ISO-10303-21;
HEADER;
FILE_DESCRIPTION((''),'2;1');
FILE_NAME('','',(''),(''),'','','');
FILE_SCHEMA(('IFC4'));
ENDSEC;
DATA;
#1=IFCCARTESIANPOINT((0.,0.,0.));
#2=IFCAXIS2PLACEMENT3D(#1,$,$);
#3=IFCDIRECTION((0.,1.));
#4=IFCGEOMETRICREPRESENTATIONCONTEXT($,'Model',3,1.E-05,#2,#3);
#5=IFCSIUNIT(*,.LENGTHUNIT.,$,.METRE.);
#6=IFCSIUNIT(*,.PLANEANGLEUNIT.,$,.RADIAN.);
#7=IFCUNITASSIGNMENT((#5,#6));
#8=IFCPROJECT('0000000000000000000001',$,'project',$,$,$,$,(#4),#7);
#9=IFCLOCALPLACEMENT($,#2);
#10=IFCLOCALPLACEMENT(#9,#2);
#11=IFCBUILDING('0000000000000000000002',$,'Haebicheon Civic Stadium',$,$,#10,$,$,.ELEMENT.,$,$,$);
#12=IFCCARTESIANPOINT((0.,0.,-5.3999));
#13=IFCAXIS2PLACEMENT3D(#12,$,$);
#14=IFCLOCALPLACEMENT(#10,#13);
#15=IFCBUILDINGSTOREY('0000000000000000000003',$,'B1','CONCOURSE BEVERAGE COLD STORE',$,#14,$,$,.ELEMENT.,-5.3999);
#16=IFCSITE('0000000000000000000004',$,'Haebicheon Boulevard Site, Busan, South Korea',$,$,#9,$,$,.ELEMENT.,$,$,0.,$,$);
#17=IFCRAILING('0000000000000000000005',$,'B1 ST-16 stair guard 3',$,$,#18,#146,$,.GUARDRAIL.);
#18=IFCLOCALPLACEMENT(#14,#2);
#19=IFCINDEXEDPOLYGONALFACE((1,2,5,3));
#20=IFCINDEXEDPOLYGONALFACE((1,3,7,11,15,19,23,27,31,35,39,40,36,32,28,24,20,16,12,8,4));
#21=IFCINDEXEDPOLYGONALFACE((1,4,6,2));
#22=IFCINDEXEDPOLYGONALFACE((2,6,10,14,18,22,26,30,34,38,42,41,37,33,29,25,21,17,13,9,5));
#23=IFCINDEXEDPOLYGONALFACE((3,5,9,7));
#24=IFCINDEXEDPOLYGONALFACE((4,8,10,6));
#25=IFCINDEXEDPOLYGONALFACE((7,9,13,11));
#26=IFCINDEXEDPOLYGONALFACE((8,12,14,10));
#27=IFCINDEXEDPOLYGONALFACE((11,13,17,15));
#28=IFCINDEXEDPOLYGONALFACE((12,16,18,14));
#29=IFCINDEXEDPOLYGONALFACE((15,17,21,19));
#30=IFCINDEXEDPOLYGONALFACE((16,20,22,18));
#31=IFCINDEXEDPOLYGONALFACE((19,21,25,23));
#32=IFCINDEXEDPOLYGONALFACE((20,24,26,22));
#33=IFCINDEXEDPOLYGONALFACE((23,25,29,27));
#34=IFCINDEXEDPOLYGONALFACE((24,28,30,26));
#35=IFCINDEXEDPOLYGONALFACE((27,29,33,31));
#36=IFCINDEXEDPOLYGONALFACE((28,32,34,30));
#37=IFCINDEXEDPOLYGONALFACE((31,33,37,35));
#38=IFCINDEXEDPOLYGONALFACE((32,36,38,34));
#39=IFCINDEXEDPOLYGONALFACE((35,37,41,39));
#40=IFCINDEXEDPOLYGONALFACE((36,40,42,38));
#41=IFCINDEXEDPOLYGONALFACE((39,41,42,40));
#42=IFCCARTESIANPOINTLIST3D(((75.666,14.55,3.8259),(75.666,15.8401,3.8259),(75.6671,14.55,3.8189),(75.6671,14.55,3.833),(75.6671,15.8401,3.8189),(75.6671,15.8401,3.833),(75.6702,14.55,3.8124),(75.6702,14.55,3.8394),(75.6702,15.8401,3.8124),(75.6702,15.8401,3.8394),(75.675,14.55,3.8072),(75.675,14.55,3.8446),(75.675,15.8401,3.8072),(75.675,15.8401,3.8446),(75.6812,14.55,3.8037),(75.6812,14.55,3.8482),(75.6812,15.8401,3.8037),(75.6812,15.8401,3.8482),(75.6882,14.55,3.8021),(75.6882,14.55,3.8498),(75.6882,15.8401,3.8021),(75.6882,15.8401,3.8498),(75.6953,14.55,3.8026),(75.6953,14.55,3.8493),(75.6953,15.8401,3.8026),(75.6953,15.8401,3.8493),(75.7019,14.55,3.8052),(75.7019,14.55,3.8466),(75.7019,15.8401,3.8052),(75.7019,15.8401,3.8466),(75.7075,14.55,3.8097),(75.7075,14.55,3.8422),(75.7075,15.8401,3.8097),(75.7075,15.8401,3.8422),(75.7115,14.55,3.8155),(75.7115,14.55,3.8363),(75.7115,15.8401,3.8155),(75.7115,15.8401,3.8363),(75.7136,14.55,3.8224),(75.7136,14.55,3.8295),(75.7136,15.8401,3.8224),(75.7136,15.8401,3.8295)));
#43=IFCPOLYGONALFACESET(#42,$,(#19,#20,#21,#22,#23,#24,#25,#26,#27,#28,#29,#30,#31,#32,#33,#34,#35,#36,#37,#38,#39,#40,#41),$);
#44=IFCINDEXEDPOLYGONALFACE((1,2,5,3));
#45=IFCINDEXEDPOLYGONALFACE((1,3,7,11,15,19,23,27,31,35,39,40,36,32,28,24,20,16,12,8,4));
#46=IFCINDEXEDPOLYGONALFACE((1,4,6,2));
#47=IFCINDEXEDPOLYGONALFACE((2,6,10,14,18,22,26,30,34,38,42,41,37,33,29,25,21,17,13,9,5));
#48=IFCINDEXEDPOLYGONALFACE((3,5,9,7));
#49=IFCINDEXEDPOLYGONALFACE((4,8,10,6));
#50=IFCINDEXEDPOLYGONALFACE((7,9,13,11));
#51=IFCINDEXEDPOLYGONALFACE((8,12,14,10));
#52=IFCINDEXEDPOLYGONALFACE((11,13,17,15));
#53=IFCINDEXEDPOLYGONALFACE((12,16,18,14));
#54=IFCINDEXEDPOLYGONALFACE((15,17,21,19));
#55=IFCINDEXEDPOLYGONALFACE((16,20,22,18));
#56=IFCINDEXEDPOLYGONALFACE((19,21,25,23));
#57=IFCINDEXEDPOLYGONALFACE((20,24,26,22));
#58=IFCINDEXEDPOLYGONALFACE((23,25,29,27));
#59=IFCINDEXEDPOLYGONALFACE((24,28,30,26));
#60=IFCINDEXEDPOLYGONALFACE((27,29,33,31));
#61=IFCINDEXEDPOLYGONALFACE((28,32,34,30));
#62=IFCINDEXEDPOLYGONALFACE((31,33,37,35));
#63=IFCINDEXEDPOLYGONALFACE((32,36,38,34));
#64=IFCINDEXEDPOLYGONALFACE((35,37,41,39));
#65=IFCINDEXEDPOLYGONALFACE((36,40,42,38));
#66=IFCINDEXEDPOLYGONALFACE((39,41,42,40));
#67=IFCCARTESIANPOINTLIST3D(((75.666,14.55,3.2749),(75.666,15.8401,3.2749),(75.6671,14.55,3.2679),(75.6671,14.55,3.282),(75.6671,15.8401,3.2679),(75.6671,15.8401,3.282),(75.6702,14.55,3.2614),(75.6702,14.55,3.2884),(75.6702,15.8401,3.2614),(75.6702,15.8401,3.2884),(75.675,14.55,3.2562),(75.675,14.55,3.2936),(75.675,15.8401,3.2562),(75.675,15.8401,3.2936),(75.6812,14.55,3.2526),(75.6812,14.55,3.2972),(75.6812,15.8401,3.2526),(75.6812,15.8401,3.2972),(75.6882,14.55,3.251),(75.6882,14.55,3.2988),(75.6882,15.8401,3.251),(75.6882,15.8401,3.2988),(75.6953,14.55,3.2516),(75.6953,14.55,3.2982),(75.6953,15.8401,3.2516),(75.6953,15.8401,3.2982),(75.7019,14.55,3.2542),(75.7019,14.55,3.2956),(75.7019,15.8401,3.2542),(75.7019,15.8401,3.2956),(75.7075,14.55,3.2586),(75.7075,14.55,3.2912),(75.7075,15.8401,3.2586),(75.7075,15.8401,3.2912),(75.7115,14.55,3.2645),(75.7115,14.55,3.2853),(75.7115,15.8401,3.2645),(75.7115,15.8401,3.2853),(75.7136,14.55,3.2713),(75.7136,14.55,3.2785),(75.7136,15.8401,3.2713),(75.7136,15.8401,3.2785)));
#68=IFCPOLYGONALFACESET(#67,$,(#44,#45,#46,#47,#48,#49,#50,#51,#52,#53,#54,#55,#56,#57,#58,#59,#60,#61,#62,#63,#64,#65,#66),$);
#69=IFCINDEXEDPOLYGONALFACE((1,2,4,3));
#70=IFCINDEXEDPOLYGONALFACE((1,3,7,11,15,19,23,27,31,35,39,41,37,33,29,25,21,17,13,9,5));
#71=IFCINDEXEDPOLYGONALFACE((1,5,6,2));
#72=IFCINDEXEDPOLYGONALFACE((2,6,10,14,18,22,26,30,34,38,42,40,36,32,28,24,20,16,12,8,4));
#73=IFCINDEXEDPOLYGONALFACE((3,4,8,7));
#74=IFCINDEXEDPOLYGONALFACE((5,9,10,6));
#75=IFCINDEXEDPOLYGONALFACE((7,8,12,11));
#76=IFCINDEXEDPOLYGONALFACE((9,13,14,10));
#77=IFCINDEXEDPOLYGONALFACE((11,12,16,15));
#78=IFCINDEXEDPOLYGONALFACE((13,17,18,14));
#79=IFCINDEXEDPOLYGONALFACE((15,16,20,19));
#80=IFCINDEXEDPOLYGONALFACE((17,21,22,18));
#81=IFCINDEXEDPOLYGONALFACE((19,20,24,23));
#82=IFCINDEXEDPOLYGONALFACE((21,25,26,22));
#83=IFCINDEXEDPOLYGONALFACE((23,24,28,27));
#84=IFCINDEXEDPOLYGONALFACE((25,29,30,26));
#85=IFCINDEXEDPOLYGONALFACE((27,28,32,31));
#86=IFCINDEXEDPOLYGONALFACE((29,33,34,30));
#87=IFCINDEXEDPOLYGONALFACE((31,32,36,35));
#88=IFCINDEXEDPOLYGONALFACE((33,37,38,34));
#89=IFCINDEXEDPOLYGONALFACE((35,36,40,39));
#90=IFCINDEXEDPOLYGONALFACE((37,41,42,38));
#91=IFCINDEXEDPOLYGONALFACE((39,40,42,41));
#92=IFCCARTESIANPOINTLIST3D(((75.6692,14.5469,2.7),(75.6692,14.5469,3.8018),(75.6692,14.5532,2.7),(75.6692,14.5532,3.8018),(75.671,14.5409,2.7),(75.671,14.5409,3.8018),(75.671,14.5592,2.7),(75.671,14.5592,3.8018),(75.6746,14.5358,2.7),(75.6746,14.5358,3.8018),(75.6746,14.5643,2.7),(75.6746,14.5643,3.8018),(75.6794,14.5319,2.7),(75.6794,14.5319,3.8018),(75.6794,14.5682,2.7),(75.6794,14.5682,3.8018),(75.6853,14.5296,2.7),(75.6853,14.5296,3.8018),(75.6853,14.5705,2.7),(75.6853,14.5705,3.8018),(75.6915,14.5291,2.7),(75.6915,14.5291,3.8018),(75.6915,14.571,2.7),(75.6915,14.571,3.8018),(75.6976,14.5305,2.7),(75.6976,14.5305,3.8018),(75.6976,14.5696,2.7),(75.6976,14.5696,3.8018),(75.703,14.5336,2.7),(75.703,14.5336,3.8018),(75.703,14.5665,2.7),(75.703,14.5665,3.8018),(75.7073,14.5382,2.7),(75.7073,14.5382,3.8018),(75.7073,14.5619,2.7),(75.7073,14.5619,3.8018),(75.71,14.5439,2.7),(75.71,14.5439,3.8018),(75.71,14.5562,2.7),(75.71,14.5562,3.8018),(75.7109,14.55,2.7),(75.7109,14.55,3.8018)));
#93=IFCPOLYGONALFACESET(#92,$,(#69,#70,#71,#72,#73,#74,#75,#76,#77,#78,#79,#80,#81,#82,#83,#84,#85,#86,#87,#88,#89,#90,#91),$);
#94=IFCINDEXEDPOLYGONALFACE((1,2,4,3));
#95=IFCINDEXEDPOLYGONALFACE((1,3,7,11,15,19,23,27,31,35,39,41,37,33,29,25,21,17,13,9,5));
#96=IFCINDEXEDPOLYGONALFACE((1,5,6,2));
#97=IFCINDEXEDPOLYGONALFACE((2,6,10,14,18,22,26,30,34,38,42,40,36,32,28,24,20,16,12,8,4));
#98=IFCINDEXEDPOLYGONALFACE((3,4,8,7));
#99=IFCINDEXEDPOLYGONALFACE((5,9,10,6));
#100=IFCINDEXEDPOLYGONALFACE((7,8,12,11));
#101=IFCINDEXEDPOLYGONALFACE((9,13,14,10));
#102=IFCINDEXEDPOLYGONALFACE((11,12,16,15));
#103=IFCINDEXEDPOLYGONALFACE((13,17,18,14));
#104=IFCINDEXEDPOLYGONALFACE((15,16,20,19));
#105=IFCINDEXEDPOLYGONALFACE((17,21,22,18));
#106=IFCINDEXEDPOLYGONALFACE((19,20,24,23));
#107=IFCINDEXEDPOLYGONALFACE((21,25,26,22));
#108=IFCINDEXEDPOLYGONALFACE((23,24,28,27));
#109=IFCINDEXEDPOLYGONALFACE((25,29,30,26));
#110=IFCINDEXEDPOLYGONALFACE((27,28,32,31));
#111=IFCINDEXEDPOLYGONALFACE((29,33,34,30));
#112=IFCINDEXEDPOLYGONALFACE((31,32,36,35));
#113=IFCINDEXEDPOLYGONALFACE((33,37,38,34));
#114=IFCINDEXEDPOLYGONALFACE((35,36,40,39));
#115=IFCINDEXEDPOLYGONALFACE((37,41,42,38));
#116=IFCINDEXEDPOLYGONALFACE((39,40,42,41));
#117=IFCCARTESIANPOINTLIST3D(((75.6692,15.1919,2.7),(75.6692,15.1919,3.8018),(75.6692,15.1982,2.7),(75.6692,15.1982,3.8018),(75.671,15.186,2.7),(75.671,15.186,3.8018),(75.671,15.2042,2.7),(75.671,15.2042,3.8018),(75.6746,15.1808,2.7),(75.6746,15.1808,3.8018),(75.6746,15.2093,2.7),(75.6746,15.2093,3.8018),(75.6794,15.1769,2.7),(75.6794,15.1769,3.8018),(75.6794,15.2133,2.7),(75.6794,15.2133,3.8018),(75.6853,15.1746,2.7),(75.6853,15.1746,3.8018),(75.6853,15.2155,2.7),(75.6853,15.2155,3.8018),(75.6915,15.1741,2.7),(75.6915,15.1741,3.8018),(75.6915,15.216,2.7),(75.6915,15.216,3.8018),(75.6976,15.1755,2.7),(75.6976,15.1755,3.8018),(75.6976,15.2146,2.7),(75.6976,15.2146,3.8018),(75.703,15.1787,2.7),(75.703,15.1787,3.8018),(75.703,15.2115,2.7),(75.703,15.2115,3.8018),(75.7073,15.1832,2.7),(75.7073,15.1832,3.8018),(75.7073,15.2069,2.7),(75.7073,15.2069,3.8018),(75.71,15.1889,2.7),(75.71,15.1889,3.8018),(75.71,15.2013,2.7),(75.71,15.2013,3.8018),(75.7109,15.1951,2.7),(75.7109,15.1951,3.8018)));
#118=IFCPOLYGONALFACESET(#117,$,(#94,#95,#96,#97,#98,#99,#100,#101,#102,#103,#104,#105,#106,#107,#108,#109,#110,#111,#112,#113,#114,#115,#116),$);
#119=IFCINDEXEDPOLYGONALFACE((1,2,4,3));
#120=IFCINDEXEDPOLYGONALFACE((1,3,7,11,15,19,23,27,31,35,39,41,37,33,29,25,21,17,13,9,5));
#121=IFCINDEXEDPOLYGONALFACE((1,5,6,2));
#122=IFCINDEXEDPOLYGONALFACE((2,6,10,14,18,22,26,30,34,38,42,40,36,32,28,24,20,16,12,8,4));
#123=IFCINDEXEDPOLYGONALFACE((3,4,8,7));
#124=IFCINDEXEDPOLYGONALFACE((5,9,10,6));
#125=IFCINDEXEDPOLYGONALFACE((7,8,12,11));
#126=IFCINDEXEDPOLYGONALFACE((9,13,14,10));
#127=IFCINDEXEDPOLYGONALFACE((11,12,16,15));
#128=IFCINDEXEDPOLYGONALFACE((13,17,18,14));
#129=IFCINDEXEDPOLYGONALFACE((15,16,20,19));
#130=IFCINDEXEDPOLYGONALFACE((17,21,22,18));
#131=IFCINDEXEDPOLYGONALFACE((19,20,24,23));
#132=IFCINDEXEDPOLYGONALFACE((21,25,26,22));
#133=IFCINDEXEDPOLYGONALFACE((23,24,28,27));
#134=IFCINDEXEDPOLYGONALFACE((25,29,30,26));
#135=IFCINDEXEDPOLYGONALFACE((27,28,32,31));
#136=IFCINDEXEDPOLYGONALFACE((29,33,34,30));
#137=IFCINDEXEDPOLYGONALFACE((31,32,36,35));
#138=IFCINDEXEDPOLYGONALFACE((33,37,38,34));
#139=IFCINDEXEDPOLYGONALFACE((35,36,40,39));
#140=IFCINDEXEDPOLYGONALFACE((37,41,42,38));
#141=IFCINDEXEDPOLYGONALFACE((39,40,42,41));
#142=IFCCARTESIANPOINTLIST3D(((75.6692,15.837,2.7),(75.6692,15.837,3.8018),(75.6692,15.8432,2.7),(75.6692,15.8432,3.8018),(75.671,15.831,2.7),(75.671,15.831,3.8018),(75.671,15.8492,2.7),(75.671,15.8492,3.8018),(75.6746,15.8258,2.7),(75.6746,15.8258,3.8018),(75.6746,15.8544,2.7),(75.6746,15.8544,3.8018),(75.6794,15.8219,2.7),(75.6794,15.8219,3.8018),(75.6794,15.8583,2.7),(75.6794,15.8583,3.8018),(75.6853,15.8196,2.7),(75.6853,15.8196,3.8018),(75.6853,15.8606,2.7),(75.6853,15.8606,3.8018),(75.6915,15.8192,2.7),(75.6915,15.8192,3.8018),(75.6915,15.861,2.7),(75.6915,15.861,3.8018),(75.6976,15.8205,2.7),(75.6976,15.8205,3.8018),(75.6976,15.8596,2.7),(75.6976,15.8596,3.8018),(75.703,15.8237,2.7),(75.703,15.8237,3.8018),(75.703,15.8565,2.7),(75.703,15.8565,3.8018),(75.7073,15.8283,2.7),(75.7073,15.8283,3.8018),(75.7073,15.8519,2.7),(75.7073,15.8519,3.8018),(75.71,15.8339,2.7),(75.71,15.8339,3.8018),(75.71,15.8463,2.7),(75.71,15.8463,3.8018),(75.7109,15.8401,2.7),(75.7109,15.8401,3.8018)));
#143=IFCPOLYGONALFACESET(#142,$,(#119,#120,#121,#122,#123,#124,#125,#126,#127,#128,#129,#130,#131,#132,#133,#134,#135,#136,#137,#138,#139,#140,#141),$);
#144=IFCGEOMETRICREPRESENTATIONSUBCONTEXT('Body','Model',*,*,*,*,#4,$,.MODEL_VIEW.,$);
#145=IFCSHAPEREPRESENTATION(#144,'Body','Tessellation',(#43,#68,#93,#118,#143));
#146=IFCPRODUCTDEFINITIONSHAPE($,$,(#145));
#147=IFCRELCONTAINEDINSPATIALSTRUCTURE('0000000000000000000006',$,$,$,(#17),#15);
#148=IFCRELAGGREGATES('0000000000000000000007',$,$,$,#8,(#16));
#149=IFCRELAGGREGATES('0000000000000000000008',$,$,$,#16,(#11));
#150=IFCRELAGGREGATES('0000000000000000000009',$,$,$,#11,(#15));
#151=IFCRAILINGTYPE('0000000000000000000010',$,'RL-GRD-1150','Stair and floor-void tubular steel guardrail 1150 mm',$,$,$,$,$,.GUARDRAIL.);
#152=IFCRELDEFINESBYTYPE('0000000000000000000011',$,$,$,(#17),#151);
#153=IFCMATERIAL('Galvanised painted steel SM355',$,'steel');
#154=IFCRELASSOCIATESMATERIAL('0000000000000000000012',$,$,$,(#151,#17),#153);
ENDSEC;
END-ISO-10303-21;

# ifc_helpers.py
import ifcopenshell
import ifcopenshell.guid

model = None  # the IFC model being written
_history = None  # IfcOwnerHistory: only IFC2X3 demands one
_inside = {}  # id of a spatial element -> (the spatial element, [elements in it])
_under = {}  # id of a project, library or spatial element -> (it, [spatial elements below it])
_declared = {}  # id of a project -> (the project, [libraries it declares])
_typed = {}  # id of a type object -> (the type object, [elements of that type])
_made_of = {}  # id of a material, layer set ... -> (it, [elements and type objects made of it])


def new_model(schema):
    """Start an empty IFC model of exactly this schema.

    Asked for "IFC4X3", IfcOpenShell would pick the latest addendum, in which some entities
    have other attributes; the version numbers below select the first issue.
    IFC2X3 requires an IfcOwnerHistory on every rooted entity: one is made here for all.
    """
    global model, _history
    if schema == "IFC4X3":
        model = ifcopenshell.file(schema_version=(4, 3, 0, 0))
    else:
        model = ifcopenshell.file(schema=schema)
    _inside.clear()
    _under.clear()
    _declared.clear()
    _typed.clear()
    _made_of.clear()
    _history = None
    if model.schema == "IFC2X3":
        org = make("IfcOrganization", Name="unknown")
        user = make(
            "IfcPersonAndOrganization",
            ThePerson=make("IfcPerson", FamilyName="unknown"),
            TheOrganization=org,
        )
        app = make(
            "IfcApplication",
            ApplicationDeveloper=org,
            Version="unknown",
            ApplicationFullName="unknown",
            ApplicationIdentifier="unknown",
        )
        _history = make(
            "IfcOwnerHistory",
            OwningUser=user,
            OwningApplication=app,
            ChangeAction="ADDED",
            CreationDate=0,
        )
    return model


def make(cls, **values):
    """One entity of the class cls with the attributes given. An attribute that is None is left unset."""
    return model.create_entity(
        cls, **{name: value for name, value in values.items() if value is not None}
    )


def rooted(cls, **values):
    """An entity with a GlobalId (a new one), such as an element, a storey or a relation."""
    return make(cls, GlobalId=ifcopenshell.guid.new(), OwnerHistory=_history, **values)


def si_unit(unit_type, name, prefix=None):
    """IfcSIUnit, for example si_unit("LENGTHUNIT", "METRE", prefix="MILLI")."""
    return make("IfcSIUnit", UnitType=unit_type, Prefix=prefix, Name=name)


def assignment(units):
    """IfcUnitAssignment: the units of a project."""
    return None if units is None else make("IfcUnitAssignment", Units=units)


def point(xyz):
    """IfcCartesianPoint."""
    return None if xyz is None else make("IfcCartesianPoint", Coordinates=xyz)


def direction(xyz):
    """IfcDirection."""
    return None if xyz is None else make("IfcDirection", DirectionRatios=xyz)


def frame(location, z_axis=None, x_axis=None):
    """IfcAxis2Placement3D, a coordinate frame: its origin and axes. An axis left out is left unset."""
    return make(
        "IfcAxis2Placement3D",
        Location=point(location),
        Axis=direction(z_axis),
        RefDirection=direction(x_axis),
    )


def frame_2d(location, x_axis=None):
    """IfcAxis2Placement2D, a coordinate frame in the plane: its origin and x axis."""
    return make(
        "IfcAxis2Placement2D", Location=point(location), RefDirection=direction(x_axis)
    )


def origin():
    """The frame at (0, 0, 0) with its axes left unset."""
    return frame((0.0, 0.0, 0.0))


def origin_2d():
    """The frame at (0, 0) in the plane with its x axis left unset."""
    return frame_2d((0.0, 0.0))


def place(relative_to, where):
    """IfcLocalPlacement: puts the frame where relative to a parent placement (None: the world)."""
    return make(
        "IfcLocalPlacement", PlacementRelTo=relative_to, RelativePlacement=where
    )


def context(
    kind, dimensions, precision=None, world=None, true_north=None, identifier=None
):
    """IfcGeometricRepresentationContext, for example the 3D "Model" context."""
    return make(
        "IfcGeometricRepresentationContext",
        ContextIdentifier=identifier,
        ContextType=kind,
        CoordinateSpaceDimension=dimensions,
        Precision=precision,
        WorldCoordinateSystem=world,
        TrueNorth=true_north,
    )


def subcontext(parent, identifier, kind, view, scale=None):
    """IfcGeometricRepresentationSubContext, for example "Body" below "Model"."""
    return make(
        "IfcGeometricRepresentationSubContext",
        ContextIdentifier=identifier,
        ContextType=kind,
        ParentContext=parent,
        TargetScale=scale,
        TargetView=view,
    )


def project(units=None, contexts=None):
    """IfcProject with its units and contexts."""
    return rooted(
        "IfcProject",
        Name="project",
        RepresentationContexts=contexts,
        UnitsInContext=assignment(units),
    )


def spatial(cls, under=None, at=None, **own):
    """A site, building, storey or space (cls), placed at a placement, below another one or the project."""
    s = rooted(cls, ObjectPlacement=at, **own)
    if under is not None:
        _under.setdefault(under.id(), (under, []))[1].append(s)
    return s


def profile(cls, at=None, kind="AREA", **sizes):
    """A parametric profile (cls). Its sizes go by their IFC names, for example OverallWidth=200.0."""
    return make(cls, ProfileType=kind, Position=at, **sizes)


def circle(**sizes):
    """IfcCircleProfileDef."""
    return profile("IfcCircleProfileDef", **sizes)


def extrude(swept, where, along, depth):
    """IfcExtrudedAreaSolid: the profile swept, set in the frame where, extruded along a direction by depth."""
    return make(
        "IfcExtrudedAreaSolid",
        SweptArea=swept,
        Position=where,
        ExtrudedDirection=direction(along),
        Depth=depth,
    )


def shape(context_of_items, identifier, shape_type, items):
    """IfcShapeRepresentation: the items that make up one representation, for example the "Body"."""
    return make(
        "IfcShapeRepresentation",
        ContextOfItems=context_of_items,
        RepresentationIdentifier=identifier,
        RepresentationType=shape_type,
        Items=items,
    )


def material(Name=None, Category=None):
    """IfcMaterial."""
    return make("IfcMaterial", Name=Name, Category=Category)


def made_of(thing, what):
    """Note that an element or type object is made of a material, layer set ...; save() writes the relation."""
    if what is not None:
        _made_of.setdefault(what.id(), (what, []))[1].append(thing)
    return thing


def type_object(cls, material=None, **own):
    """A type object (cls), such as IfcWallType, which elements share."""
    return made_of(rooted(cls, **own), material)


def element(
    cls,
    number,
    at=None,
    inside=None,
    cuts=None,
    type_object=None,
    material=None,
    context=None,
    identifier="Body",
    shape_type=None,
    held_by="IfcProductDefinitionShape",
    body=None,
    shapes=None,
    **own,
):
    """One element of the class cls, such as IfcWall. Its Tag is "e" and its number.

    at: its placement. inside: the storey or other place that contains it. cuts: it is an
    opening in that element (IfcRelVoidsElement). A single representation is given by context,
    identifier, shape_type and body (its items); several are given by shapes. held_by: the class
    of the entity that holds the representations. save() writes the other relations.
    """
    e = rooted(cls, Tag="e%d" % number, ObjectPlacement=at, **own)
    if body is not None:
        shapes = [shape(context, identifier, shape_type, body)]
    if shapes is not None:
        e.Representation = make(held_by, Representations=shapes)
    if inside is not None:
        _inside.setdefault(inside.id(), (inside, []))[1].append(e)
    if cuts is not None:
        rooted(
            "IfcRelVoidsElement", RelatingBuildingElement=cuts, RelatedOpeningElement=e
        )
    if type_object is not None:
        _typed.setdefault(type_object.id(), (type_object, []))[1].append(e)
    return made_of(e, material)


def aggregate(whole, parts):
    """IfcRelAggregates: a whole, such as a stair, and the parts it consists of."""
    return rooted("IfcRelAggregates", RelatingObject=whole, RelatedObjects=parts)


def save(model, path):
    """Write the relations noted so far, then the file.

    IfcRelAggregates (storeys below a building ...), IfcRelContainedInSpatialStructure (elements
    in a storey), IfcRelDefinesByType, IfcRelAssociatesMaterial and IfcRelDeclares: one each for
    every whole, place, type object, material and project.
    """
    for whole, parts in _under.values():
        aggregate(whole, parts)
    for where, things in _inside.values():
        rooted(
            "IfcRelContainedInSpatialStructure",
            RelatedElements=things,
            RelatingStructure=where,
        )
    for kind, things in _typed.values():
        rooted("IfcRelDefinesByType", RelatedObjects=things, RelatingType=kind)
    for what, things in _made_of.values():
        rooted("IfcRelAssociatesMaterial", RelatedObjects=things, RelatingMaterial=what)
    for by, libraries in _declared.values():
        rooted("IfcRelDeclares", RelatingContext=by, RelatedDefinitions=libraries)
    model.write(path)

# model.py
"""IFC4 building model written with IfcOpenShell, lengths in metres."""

from ifc_helpers import new_model, si_unit, direction, frame, origin, origin_2d, place, context, subcontext, project, spatial, circle, extrude, material, type_object, element, save


model = new_model("IFC4")

# Units and contexts
model_context = context("Model", 3, precision=1e-05, world=origin(), true_north=direction((0.0, 1.0)))
body_context = subcontext(model_context, "Body", "Model", "MODEL_VIEW")
ifc_project = project(units=[si_unit("LENGTHUNIT", "METRE"), si_unit("PLANEANGLEUNIT", "RADIAN")], contexts=[model_context])

# Site, building, storey
site_placement = place(None, origin())
site = spatial("IfcSite", under=ifc_project, at=site_placement, Name="Haebicheon Boulevard Site, Busan, South Korea", CompositionType="ELEMENT", RefElevation=0.0)
building_placement = place(site_placement, origin())
building = spatial("IfcBuilding", under=site, at=building_placement, Name="Haebicheon Civic Stadium", CompositionType="ELEMENT")
storey_placement = place(building_placement, frame((0.0, 0.0, -5.3999)))
storey = spatial("IfcBuildingStorey", under=building, at=storey_placement, Name="B1", Description="CONCOURSE BEVERAGE COLD STORE", CompositionType="ELEMENT", Elevation=-5.3999)

# Railing
ifc_material_1 = material(Name="Galvanised painted steel SM355", Category="steel")
railing_type_1 = type_object("IfcRailingType", Name="RL-GRD-1150", Description="Stair and floor-void tubular steel guardrail 1150 mm", PredefinedType="GUARDRAIL", material=ifc_material_1)
railing_1_placement = place(storey_placement, frame((75.6899, 14.55, 2.7)))
element("IfcRailing", 1, at=railing_1_placement, inside=storey, type_object=railing_type_1, material=ifc_material_1, Name="B1 ST-16 stair guard 3", PredefinedType="GUARDRAIL", context=body_context, shape_type="SweptSolid", body=[
    extrude(circle(Radius=0.0239, at=origin_2d()), frame((0.0, 0.0, 1.126), z_axis=(0.0, 1.0, 0.0), x_axis=(-1.0, 0.0, 0.0)), (0.0, 0.0, 1.0), 1.29),
    extrude(circle(Radius=0.0239, at=origin_2d()), frame((0.0, 0.0, 0.575), z_axis=(0.0, 1.0, 0.0), x_axis=(-1.0, 0.0, 0.0)), (0.0, 0.0, 1.0), 1.29),
    extrude(circle(Radius=0.021, at=origin_2d()), origin(), (0.0, 0.0, 1.0), 1.1018),
    extrude(circle(Radius=0.021, at=origin_2d()), frame((0.0, 0.645, 0.0)), (0.0, 0.0, 1.0), 1.1018),
    extrude(circle(Radius=0.021, at=origin_2d()), frame((0.0, 1.29, 0.0)), (0.0, 0.0, 1.0), 1.1018),
])

save(model, "model.ifc")
